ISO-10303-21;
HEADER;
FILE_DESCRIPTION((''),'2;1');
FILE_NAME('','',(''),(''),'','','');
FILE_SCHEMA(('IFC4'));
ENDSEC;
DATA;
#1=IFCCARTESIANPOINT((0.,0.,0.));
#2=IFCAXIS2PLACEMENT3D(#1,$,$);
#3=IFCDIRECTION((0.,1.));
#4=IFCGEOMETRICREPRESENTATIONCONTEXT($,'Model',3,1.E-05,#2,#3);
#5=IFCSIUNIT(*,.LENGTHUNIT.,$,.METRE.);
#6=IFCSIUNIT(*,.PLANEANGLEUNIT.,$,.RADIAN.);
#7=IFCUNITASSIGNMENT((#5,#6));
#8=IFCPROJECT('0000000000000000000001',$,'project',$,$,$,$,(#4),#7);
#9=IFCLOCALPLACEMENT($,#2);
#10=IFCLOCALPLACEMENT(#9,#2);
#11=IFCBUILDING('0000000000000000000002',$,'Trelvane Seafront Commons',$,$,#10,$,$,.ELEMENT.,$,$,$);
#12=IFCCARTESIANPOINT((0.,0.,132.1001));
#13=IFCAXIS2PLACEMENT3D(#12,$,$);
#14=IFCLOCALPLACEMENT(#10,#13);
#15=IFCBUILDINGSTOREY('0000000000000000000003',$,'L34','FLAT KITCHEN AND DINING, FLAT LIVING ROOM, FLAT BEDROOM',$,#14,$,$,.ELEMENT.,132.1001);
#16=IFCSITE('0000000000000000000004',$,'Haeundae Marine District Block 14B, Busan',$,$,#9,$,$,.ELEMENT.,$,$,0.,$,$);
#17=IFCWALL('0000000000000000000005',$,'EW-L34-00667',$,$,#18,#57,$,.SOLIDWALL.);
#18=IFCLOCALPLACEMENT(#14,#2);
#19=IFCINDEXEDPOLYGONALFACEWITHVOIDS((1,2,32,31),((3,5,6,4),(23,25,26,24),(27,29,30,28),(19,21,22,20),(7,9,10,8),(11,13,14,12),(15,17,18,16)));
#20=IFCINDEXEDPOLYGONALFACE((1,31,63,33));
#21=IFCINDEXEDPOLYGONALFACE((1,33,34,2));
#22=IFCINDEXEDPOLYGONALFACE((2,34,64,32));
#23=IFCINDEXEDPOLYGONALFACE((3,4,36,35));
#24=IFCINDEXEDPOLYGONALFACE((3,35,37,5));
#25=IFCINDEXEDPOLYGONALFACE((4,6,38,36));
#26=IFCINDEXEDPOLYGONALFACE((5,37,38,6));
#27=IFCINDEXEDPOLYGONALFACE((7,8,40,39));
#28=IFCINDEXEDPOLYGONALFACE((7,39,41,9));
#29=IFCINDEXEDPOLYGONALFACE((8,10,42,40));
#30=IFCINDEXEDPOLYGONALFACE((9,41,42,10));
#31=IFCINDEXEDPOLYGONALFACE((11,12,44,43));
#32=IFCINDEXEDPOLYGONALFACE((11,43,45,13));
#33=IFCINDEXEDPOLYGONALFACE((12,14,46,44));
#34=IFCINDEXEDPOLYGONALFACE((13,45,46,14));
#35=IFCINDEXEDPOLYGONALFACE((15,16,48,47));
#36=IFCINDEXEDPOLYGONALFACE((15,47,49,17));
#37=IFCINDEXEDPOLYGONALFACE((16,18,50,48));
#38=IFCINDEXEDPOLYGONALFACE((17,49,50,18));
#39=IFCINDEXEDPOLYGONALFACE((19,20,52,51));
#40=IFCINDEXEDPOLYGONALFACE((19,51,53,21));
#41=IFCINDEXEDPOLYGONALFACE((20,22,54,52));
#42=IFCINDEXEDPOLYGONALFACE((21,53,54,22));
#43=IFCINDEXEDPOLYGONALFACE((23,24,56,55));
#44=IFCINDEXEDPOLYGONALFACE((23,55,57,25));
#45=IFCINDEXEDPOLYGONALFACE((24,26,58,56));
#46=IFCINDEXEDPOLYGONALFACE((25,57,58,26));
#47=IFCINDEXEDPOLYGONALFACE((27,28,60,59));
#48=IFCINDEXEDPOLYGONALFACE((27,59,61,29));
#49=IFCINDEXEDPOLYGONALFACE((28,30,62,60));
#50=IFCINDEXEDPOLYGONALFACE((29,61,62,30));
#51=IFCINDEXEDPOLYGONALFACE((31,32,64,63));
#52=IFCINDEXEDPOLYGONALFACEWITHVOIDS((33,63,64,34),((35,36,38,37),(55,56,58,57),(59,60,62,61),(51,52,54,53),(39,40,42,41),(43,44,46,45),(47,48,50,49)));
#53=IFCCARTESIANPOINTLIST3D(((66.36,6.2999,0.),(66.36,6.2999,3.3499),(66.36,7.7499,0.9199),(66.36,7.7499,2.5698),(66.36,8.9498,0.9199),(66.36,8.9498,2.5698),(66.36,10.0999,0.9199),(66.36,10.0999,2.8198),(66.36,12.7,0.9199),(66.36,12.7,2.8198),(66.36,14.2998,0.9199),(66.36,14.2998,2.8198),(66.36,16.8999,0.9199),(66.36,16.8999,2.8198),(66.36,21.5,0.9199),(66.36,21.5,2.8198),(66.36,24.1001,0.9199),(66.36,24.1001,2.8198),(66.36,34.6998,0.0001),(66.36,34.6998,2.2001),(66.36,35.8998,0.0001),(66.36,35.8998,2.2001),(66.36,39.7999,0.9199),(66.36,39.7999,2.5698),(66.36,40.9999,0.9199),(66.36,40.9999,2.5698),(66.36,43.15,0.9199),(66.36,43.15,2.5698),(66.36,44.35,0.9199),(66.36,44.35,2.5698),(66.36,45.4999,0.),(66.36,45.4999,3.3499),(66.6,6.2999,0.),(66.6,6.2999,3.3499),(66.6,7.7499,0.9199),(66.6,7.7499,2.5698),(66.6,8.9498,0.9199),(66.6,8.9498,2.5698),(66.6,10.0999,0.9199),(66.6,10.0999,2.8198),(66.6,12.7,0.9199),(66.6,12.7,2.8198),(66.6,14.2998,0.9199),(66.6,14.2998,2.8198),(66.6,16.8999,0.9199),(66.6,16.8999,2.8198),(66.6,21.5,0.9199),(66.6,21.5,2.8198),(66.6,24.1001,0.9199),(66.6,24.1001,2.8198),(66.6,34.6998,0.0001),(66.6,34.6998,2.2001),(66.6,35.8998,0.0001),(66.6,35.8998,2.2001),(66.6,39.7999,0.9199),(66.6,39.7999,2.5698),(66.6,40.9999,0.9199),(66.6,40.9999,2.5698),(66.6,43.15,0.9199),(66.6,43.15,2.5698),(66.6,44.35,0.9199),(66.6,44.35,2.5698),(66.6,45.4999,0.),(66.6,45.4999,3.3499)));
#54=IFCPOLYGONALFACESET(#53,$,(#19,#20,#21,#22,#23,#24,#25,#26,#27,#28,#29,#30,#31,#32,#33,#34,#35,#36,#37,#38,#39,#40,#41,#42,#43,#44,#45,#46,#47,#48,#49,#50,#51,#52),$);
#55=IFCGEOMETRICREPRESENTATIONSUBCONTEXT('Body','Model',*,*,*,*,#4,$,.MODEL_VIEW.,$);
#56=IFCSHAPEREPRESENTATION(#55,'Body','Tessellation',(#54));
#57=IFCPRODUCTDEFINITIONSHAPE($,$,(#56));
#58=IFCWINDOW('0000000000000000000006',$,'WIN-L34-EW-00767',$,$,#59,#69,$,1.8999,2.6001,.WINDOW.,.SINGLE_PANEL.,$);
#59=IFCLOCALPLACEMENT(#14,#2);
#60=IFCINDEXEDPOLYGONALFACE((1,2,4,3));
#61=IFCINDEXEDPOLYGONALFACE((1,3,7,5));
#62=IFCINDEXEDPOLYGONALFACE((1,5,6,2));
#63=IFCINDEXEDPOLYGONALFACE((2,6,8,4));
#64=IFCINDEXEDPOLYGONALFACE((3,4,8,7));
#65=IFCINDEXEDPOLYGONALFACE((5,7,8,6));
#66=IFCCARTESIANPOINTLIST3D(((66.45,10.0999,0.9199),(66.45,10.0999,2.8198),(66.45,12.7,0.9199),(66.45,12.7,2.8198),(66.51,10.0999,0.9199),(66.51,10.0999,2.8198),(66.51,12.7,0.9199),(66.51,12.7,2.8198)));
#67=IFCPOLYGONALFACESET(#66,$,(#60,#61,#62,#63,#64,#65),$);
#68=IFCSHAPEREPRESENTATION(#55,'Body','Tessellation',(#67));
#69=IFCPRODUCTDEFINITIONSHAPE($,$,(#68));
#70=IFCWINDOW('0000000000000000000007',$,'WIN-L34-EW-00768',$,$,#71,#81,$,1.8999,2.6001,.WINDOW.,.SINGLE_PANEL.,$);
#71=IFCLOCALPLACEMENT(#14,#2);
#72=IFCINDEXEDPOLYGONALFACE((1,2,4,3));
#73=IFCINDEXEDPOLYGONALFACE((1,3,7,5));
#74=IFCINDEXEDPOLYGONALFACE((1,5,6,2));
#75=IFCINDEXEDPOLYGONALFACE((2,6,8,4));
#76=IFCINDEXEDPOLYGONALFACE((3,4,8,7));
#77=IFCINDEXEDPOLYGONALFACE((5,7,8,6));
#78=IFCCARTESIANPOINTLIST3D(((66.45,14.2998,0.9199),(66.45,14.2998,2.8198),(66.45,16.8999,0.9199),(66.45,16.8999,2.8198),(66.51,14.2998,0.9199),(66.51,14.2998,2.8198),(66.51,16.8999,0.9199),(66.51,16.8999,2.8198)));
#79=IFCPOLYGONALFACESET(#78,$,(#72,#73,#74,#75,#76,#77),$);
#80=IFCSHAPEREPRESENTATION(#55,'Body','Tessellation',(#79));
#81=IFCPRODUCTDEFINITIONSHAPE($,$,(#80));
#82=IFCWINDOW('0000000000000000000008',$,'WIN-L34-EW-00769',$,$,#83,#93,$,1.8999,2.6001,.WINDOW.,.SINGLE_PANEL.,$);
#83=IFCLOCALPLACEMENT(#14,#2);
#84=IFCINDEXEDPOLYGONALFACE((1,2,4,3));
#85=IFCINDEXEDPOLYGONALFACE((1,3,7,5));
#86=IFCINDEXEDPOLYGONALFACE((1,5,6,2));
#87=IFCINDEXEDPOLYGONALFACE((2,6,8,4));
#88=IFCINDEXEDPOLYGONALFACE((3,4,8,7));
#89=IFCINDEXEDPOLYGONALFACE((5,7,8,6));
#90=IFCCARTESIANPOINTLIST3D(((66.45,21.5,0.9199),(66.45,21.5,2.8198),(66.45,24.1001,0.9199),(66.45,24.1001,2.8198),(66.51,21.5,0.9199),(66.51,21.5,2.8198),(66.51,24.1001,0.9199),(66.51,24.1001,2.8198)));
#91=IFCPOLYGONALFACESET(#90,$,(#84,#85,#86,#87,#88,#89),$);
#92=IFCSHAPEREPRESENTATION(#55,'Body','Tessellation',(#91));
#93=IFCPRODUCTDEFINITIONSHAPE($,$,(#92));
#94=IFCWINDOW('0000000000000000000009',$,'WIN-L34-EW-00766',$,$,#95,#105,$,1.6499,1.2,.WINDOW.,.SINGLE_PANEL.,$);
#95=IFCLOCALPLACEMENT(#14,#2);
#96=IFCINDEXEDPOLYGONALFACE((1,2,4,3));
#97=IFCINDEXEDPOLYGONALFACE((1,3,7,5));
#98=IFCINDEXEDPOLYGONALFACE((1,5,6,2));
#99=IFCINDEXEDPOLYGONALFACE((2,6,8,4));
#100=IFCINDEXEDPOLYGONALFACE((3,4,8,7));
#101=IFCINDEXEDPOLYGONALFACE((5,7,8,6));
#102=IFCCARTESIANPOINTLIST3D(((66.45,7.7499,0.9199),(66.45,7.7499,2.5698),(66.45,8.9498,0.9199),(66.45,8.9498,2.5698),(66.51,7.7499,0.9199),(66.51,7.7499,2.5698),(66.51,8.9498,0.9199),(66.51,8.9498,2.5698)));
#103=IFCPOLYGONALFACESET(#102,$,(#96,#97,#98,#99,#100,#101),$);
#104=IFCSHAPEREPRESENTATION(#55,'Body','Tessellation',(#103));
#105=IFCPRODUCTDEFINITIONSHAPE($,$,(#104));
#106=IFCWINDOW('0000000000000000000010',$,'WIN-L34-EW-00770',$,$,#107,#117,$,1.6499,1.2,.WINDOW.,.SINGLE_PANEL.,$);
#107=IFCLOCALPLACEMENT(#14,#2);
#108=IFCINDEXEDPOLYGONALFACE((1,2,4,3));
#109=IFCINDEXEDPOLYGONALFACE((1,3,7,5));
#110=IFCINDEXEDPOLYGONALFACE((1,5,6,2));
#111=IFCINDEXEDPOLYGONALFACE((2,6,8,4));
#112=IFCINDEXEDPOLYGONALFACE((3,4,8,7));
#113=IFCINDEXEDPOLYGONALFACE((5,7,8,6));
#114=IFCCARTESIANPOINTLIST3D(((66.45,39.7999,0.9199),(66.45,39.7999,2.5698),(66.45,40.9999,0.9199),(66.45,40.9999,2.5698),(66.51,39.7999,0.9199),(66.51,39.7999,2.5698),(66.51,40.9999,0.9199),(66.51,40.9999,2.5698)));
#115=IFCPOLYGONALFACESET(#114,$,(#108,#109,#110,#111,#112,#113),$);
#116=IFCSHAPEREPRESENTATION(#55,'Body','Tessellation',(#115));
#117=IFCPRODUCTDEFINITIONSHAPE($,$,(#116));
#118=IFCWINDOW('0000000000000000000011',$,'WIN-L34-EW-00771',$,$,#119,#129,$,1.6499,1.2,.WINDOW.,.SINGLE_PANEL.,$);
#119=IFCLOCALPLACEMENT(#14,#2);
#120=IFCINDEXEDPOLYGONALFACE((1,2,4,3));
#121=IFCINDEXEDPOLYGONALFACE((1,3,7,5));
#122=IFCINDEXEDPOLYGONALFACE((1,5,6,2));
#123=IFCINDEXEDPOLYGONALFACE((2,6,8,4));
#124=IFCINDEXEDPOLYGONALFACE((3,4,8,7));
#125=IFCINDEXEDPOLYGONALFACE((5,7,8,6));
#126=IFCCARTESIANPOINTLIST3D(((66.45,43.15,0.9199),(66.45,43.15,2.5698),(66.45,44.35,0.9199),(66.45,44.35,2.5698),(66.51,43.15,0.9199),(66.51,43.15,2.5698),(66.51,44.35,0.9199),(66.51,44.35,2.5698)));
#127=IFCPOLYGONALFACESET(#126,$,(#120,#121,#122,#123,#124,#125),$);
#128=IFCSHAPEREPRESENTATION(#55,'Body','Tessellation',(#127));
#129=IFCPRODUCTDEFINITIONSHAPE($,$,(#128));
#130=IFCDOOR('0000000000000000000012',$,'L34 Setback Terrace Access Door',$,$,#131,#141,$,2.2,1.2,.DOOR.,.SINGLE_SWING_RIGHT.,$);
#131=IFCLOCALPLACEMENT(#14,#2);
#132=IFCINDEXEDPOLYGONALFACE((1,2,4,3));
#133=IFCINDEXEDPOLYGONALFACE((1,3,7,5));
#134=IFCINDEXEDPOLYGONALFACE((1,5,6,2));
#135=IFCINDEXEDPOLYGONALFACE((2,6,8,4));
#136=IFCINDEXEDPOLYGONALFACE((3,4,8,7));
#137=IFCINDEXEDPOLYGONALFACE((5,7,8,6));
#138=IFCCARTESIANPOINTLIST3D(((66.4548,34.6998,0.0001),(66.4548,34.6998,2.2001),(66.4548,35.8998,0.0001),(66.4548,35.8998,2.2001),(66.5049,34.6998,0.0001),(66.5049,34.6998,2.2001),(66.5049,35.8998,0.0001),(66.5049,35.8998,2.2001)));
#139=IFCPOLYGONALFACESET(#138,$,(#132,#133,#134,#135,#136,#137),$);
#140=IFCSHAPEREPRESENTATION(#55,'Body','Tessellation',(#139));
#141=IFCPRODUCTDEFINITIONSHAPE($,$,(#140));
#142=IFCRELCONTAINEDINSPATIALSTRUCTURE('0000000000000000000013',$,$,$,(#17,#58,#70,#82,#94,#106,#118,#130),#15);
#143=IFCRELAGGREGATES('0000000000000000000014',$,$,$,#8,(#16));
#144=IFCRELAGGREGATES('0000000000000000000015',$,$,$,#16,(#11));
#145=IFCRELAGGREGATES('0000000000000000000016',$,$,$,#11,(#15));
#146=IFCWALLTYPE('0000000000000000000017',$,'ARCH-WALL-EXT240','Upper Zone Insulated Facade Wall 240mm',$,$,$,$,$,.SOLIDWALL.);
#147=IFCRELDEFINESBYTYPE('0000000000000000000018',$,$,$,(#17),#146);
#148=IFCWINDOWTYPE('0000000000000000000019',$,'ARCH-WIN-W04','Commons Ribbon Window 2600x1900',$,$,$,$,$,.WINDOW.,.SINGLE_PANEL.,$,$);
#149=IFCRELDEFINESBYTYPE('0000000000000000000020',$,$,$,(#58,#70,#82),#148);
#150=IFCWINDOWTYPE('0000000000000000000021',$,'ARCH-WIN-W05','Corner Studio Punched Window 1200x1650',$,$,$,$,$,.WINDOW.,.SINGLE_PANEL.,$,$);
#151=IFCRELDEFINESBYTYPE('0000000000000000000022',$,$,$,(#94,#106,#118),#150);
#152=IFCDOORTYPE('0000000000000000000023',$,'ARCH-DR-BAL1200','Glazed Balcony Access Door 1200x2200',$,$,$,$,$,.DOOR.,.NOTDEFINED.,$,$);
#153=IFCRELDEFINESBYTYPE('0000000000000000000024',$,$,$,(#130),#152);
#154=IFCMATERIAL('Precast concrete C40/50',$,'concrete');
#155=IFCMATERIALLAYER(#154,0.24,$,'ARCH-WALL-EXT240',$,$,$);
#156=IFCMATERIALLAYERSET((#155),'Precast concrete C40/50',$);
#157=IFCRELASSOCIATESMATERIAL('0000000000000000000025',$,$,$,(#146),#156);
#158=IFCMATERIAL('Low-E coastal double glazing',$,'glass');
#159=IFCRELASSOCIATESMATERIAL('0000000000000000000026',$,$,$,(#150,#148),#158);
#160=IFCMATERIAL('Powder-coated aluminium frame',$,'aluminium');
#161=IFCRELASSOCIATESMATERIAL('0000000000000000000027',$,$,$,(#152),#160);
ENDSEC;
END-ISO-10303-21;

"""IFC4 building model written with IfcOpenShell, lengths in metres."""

from ifc_helpers import new_model, si_unit, direction, frame, frame_2d, origin, place, context, subcontext, project, spatial, rectangle, extrude, source, transform, mapped, material, layer, layer_set, type_object, element, fill, save


model = new_model("IFC4")

# Units and contexts
model_context = context("Model", 3, precision=1e-05, world=origin(), true_north=direction((0.0, 1.0)))
body_context = subcontext(model_context, "Body", "Model", "MODEL_VIEW")
ifc_project = project(units=[si_unit("LENGTHUNIT", "METRE"), si_unit("PLANEANGLEUNIT", "RADIAN")], contexts=[model_context])

# Site, building, storey
site_placement = place(None, origin())
site = spatial("IfcSite", under=ifc_project, at=site_placement, Name="Haeundae Marine District Block 14B, Busan", CompositionType="ELEMENT", RefElevation=0.0)
building_placement = place(site_placement, origin())
building = spatial("IfcBuilding", under=site, at=building_placement, Name="Trelvane Seafront Commons", CompositionType="ELEMENT")
storey_placement = place(building_placement, frame((0.0, 0.0, 132.1001)))
storey = spatial("IfcBuildingStorey", under=building, at=storey_placement, Name="L34", Description="FLAT KITCHEN AND DINING, FLAT LIVING ROOM, FLAT BEDROOM", CompositionType="ELEMENT", Elevation=132.1001)

# Shared definitions
ifc_material_1 = material(Name="Low-E coastal double glazing", Category="glass")

# Shared definitions
ifc_material_2 = material(Name="Precast concrete C40/50", Category="concrete")
ifc_layer_1 = layer(ifc_material_2, 0.24, Name="ARCH-WALL-EXT240")
ifc_layer_set_1 = layer_set([ifc_layer_1], Name="Precast concrete C40/50")
wall_type = type_object("IfcWallType", Name="ARCH-WALL-EXT240", Description="Upper Zone Insulated Facade Wall 240mm", PredefinedType="SOLIDWALL", material=ifc_layer_set_1)
window_type_1 = type_object("IfcWindowType", Name="ARCH-WIN-W05", Description="Corner Studio Punched Window 1200x1650", PartitioningType="SINGLE_PANEL", PredefinedType="WINDOW", material=ifc_material_1)
shared_shape_1 = source(origin(), body_context, "Body", "SweptSolid", [
    extrude(rectangle(XDim=1.2, YDim=1.6499, at=frame_2d((0.6001, 0.825))), frame((0.0, 0.03, 0.0), z_axis=(0.0, -1.0, 0.0), x_axis=(1.0, 0.0, 0.0)), (0.0, 0.0, 1.0), 0.0601),
])

# Wall, openings, windows, door
wall_1_placement = place(storey_placement, frame((66.48, 45.5, 0.0), z_axis=(0.0, 0.0, 1.0), x_axis=(0.0, -1.0, 0.0)))
wall_1 = element("IfcWall", 1, at=wall_1_placement, inside=storey, type_object=wall_type, Name="EW-L34-00667", PredefinedType="SOLIDWALL", context=body_context, shape_type="SweptSolid", body=[
    extrude(rectangle(XDim=39.2, YDim=0.24, at=frame_2d((19.6001, 0.0))), origin(), (0.0, 0.0, 1.0), 3.3499),
])
opening_1_placement = place(wall_1_placement, frame((9.6001, 0.0, 0.0)))
opening_1 = element("IfcOpeningElement", 2, at=opening_1_placement, cuts=wall_1, PredefinedType="OPENING", context=body_context, shape_type="SweptSolid", body=[
    extrude(rectangle(XDim=1.2, YDim=2.2, at=frame_2d((0.6001, 1.1001))), frame((0.0, 0.1299, 0.0), z_axis=(0.0, -1.0, 0.0), x_axis=(1.0, 0.0, 0.0)), (0.0, 0.0, 1.0), 0.26),
])
opening_2_placement = place(wall_1_placement, frame((36.55, 0.0, 0.9199)))
opening_2 = element("IfcOpeningElement", 3, at=opening_2_placement, cuts=wall_1, PredefinedType="OPENING", context=body_context, shape_type="SweptSolid", body=[
    extrude(rectangle(XDim=1.2, YDim=1.6499, at=frame_2d((0.6001, 0.825))), frame((0.0, 0.1299, 0.0), z_axis=(0.0, -1.0, 0.0), x_axis=(1.0, 0.0, 0.0)), (0.0, 0.0, 1.0), 0.26),
])
opening_3_placement = place(wall_1_placement, frame((32.8, 0.0, 0.9199)))
opening_3 = element("IfcOpeningElement", 4, at=opening_3_placement, cuts=wall_1, PredefinedType="OPENING", context=body_context, shape_type="SweptSolid", body=[
    extrude(rectangle(XDim=2.6001, YDim=1.8999, at=frame_2d((1.3, 0.95))), frame((0.0, 0.1299, 0.0), z_axis=(0.0, -1.0, 0.0), x_axis=(1.0, 0.0, 0.0)), (0.0, 0.0, 1.0), 0.26),
])
opening_4_placement = place(wall_1_placement, frame((28.6001, 0.0, 0.9199)))
opening_4 = element("IfcOpeningElement", 5, at=opening_4_placement, cuts=wall_1, PredefinedType="OPENING", context=body_context, shape_type="SweptSolid", body=[
    extrude(rectangle(XDim=2.6001, YDim=1.8999, at=frame_2d((1.3, 0.95))), frame((0.0, 0.1299, 0.0), z_axis=(0.0, -1.0, 0.0), x_axis=(1.0, 0.0, 0.0)), (0.0, 0.0, 1.0), 0.26),
])
opening_5_placement = place(wall_1_placement, frame((21.3999, 0.0, 0.9199)))
opening_5 = element("IfcOpeningElement", 6, at=opening_5_placement, cuts=wall_1, PredefinedType="OPENING", context=body_context, shape_type="SweptSolid", body=[
    extrude(rectangle(XDim=2.6001, YDim=1.8999, at=frame_2d((1.3, 0.95))), frame((0.0, 0.1299, 0.0), z_axis=(0.0, -1.0, 0.0), x_axis=(1.0, 0.0, 0.0)), (0.0, 0.0, 1.0), 0.26),
])
opening_6_placement = place(wall_1_placement, frame((4.5, 0.0, 0.9199)))
opening_6 = element("IfcOpeningElement", 7, at=opening_6_placement, cuts=wall_1, PredefinedType="OPENING", context=body_context, shape_type="SweptSolid", body=[
    extrude(rectangle(XDim=1.2, YDim=1.6499, at=frame_2d((0.6001, 0.825))), frame((0.0, 0.1299, 0.0), z_axis=(0.0, -1.0, 0.0), x_axis=(1.0, 0.0, 0.0)), (0.0, 0.0, 1.0), 0.26),
])
opening_7_placement = place(wall_1_placement, frame((1.1499, 0.0, 0.9199)))
opening_7 = element("IfcOpeningElement", 8, at=opening_7_placement, cuts=wall_1, PredefinedType="OPENING", context=body_context, shape_type="SweptSolid", body=[
    extrude(rectangle(XDim=1.2, YDim=1.6499, at=frame_2d((0.6001, 0.825))), frame((0.0, 0.1299, 0.0), z_axis=(0.0, -1.0, 0.0), x_axis=(1.0, 0.0, 0.0)), (0.0, 0.0, 1.0), 0.26),
])
window_type_2 = type_object("IfcWindowType", Name="ARCH-WIN-W04", Description="Commons Ribbon Window 2600x1900", PartitioningType="SINGLE_PANEL", PredefinedType="WINDOW", material=ifc_material_1)
shared_shape_2 = source(origin(), body_context, "Body", "SweptSolid", [
    extrude(rectangle(XDim=2.6001, YDim=1.8999, at=frame_2d((1.3, 0.95))), frame((0.0, 0.03, 0.0), z_axis=(0.0, -1.0, 0.0), x_axis=(1.0, 0.0, 0.0)), (0.0, 0.0, 1.0), 0.0601),
])
window_1_placement = place(opening_3_placement, origin())
window_1 = element("IfcWindow", 9, at=window_1_placement, inside=storey, type_object=window_type_2, Name="WIN-L34-EW-00767", OverallHeight=1.8999, OverallWidth=2.6001, PartitioningType="SINGLE_PANEL", PredefinedType="WINDOW", context=body_context, shape_type="MappedRepresentation", body=[
    mapped(shared_shape_2, transform((0.0, 0.0, 0.0), x_axis=(1.0, 0.0, 0.0), y_axis=(0.0, 1.0, 0.0), z_axis=(0.0, 0.0, 1.0), scale=1.0)),
])
fill(opening_3, window_1)
window_2_placement = place(opening_4_placement, origin())
window_2 = element("IfcWindow", 10, at=window_2_placement, inside=storey, type_object=window_type_2, Name="WIN-L34-EW-00768", OverallHeight=1.8999, OverallWidth=2.6001, PartitioningType="SINGLE_PANEL", PredefinedType="WINDOW", context=body_context, shape_type="MappedRepresentation", body=[
    mapped(shared_shape_2, transform((0.0, 0.0, 0.0), x_axis=(1.0, 0.0, 0.0), y_axis=(0.0, 1.0, 0.0), z_axis=(0.0, 0.0, 1.0), scale=1.0)),
])
fill(opening_4, window_2)
window_3_placement = place(opening_5_placement, origin())
window_3 = element("IfcWindow", 11, at=window_3_placement, inside=storey, type_object=window_type_2, Name="WIN-L34-EW-00769", OverallHeight=1.8999, OverallWidth=2.6001, PartitioningType="SINGLE_PANEL", PredefinedType="WINDOW", context=body_context, shape_type="MappedRepresentation", body=[
    mapped(shared_shape_2, transform((0.0, 0.0, 0.0), x_axis=(1.0, 0.0, 0.0), y_axis=(0.0, 1.0, 0.0), z_axis=(0.0, 0.0, 1.0), scale=1.0)),
])
fill(opening_5, window_3)
window_4_placement = place(opening_2_placement, origin())
window_4 = element("IfcWindow", 12, at=window_4_placement, inside=storey, type_object=window_type_1, Name="WIN-L34-EW-00766", OverallHeight=1.6499, OverallWidth=1.2, PartitioningType="SINGLE_PANEL", PredefinedType="WINDOW", context=body_context, shape_type="MappedRepresentation", body=[
    mapped(shared_shape_1, transform((0.0, 0.0, 0.0), x_axis=(1.0, 0.0, 0.0), y_axis=(0.0, 1.0, 0.0), z_axis=(0.0, 0.0, 1.0), scale=1.0)),
])
fill(opening_2, window_4)
window_5_placement = place(opening_6_placement, origin())
window_5 = element("IfcWindow", 13, at=window_5_placement, inside=storey, type_object=window_type_1, Name="WIN-L34-EW-00770", OverallHeight=1.6499, OverallWidth=1.2, PartitioningType="SINGLE_PANEL", PredefinedType="WINDOW", context=body_context, shape_type="MappedRepresentation", body=[
    mapped(shared_shape_1, transform((0.0, 0.0, 0.0), x_axis=(1.0, 0.0, 0.0), y_axis=(0.0, 1.0, 0.0), z_axis=(0.0, 0.0, 1.0), scale=1.0)),
])
fill(opening_6, window_5)
window_6_placement = place(opening_7_placement, origin())
window_6 = element("IfcWindow", 14, at=window_6_placement, inside=storey, type_object=window_type_1, Name="WIN-L34-EW-00771", OverallHeight=1.6499, OverallWidth=1.2, PartitioningType="SINGLE_PANEL", PredefinedType="WINDOW", context=body_context, shape_type="MappedRepresentation", body=[
    mapped(shared_shape_1, transform((0.0, 0.0, 0.0), x_axis=(1.0, 0.0, 0.0), y_axis=(0.0, 1.0, 0.0), z_axis=(0.0, 0.0, 1.0), scale=1.0)),
])
fill(opening_7, window_6)
ifc_material_3 = material(Name="Powder-coated aluminium frame", Category="aluminium")
door_type = type_object("IfcDoorType", Name="ARCH-DR-BAL1200", Description="Glazed Balcony Access Door 1200x2200", OperationType="NOTDEFINED", PredefinedType="DOOR", material=ifc_material_3)
shared_shape_3 = source(origin(), body_context, "Body", "SweptSolid", [
    extrude(rectangle(XDim=1.2, YDim=2.2, at=frame_2d((0.6001, 1.1001))), frame((0.0, 0.0249, 0.0), z_axis=(0.0, -1.0, 0.0), x_axis=(1.0, 0.0, 0.0)), (0.0, 0.0, 1.0), 0.05),
])
door_placement = place(opening_1_placement, origin())
door = element("IfcDoor", 15, at=door_placement, inside=storey, type_object=door_type, Name="L34 Setback Terrace Access Door", OperationType="SINGLE_SWING_RIGHT", OverallHeight=2.2, OverallWidth=1.2, PredefinedType="DOOR", context=body_context, shape_type="MappedRepresentation", body=[
    mapped(shared_shape_3, transform((0.0, 0.0, 0.0), x_axis=(1.0, 0.0, 0.0), y_axis=(0.0, 1.0, 0.0), z_axis=(0.0, 0.0, 1.0), scale=1.0)),
])
fill(opening_1, door)

save(model, "model.ifc")
